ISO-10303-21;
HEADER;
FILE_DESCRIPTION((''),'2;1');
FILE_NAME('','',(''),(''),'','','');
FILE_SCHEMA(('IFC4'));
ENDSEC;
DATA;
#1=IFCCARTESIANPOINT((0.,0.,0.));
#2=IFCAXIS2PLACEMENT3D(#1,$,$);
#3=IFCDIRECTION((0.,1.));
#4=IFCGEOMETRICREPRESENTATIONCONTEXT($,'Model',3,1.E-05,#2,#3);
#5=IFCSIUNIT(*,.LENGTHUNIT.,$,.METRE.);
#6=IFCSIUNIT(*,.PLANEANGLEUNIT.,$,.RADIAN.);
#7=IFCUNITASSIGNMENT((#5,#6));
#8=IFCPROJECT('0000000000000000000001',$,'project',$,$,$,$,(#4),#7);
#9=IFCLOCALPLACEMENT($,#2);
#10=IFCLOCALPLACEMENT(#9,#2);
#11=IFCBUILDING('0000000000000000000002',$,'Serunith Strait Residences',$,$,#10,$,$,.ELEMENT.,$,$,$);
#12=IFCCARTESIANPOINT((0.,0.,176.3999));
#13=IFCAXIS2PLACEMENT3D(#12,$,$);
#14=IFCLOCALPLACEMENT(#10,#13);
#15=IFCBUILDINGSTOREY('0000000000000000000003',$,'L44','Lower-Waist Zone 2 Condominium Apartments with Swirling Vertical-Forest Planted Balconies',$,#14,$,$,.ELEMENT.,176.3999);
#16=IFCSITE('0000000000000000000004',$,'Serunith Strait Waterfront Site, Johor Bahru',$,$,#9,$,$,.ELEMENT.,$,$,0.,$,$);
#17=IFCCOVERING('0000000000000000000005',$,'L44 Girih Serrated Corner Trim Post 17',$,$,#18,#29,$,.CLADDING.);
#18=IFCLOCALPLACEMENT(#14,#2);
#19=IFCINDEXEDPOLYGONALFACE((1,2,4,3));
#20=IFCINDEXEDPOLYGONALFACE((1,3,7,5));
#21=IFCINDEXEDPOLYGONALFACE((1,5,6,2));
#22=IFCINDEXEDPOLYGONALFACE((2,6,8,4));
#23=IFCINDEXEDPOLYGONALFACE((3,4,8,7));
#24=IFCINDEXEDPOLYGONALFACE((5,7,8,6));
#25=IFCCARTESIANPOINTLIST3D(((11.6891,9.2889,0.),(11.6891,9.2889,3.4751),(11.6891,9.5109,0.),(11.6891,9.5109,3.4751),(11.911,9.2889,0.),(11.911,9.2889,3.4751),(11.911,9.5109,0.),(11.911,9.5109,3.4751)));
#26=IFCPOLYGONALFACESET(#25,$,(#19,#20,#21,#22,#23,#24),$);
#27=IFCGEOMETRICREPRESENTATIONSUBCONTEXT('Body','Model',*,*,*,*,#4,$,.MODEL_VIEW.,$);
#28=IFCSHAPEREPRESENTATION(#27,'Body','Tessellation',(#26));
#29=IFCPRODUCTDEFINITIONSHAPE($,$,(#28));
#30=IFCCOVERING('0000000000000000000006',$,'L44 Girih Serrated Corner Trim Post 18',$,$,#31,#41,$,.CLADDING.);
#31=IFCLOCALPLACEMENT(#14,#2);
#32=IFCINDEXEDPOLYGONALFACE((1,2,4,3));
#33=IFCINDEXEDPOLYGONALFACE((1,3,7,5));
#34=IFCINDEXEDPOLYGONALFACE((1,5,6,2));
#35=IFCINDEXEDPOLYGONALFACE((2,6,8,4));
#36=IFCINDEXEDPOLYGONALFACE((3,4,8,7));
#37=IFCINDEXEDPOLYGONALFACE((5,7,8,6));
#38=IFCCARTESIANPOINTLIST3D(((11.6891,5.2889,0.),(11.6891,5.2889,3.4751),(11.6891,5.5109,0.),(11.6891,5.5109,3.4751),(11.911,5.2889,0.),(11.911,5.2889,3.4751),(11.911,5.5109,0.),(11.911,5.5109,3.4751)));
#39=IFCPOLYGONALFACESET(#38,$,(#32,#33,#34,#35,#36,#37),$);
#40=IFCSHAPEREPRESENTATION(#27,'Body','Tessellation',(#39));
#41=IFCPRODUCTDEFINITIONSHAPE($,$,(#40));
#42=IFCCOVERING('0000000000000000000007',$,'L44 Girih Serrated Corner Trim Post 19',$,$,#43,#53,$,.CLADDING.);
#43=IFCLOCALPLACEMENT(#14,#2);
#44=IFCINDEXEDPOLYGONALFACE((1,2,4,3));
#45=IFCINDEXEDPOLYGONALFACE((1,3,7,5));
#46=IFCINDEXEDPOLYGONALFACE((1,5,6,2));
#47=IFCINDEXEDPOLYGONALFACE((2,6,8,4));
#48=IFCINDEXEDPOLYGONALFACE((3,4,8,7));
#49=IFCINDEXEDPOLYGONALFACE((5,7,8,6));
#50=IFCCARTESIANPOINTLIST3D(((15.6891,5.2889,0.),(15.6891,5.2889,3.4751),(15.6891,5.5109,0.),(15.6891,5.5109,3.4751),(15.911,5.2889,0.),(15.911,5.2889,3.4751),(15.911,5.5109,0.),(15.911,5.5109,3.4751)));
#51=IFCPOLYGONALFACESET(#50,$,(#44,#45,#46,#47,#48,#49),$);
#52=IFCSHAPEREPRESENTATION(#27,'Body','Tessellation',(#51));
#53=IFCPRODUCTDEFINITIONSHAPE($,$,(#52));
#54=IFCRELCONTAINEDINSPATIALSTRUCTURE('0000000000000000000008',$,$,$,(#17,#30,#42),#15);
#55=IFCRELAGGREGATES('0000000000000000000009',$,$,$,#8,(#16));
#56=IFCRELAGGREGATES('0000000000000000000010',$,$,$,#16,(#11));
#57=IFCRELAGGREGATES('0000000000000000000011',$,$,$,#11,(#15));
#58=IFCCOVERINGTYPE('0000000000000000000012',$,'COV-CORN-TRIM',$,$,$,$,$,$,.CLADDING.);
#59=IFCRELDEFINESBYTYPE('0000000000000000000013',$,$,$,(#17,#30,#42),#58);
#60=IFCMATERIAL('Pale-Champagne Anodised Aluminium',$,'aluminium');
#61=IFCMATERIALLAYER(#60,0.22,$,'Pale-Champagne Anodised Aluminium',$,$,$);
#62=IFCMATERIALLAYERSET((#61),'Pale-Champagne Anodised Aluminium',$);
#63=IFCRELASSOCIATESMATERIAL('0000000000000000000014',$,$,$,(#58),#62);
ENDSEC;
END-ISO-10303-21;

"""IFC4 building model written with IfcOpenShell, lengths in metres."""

from ifc_helpers import new_model, si_unit, direction, frame, origin, origin_2d, place, context, subcontext, project, spatial, rectangle, extrude, source, transform, mapped, material, layer, layer_set, type_object, element, save


model = new_model("IFC4")

# Units and contexts
model_context = context("Model", 3, precision=1e-05, world=origin(), true_north=direction((0.0, 1.0)))
body_context = subcontext(model_context, "Body", "Model", "MODEL_VIEW")
ifc_project = project(units=[si_unit("LENGTHUNIT", "METRE"), si_unit("PLANEANGLEUNIT", "RADIAN")], contexts=[model_context])

# Site, building, storey
site_placement = place(None, origin())
site = spatial("IfcSite", under=ifc_project, at=site_placement, Name="Serunith Strait Waterfront Site, Johor Bahru", CompositionType="ELEMENT", RefElevation=0.0)
building_placement = place(site_placement, origin())
building = spatial("IfcBuilding", under=site, at=building_placement, Name="Serunith Strait Residences", CompositionType="ELEMENT")
storey_placement = place(building_placement, frame((0.0, 0.0, 176.3999)))
storey = spatial("IfcBuildingStorey", under=building, at=storey_placement, Name="L44", Description="Lower-Waist Zone 2 Condominium Apartments with Swirling Vertical-Forest Planted Balconies", CompositionType="ELEMENT", Elevation=176.3999)

# Shared definitions
ifc_material_1 = material(Name="Pale-Champagne Anodised Aluminium", Category="aluminium")

# Coverings
ifc_layer_1 = layer(ifc_material_1, 0.22, Name="Pale-Champagne Anodised Aluminium")
ifc_layer_set_1 = layer_set([ifc_layer_1], Name="Pale-Champagne Anodised Aluminium")
covering_type_1 = type_object("IfcCoveringType", Name="COV-CORN-TRIM", PredefinedType="CLADDING", material=ifc_layer_set_1)
shared_shape_1 = source(origin(), body_context, "Body", "SweptSolid", [
    extrude(rectangle(XDim=0.2219, YDim=0.2219, at=origin_2d()), origin(), (0.0, 0.0, 1.0), 3.4751),
])
for number, where, z_axis, x_axis, name in (
    (1, (11.8, 9.3999, 0.0), (0.0, 0.0, 1.0), (1.0, 0.0, 0.0), "L44 Girih Serrated Corner Trim Post 17"),
    (2, (11.8, 5.3999, 0.0), (0.0, 0.0, 1.0), (1.0, 0.0, 0.0), "L44 Girih Serrated Corner Trim Post 18"),
    (3, (15.8, 5.3999, 0.0), (0.0, 0.0, 1.0), (1.0, 0.0, 0.0), "L44 Girih Serrated Corner Trim Post 19"),
):
    element("IfcCovering", number, at=place(storey_placement, frame(where, z_axis=z_axis, x_axis=x_axis)), inside=storey, type_object=covering_type_1, Name=name, PredefinedType="CLADDING", context=body_context, shape_type="MappedRepresentation", body=[
        mapped(shared_shape_1, transform((0.0, 0.0, 0.0), scale=1.0)),
    ])

save(model, "model.ifc")
